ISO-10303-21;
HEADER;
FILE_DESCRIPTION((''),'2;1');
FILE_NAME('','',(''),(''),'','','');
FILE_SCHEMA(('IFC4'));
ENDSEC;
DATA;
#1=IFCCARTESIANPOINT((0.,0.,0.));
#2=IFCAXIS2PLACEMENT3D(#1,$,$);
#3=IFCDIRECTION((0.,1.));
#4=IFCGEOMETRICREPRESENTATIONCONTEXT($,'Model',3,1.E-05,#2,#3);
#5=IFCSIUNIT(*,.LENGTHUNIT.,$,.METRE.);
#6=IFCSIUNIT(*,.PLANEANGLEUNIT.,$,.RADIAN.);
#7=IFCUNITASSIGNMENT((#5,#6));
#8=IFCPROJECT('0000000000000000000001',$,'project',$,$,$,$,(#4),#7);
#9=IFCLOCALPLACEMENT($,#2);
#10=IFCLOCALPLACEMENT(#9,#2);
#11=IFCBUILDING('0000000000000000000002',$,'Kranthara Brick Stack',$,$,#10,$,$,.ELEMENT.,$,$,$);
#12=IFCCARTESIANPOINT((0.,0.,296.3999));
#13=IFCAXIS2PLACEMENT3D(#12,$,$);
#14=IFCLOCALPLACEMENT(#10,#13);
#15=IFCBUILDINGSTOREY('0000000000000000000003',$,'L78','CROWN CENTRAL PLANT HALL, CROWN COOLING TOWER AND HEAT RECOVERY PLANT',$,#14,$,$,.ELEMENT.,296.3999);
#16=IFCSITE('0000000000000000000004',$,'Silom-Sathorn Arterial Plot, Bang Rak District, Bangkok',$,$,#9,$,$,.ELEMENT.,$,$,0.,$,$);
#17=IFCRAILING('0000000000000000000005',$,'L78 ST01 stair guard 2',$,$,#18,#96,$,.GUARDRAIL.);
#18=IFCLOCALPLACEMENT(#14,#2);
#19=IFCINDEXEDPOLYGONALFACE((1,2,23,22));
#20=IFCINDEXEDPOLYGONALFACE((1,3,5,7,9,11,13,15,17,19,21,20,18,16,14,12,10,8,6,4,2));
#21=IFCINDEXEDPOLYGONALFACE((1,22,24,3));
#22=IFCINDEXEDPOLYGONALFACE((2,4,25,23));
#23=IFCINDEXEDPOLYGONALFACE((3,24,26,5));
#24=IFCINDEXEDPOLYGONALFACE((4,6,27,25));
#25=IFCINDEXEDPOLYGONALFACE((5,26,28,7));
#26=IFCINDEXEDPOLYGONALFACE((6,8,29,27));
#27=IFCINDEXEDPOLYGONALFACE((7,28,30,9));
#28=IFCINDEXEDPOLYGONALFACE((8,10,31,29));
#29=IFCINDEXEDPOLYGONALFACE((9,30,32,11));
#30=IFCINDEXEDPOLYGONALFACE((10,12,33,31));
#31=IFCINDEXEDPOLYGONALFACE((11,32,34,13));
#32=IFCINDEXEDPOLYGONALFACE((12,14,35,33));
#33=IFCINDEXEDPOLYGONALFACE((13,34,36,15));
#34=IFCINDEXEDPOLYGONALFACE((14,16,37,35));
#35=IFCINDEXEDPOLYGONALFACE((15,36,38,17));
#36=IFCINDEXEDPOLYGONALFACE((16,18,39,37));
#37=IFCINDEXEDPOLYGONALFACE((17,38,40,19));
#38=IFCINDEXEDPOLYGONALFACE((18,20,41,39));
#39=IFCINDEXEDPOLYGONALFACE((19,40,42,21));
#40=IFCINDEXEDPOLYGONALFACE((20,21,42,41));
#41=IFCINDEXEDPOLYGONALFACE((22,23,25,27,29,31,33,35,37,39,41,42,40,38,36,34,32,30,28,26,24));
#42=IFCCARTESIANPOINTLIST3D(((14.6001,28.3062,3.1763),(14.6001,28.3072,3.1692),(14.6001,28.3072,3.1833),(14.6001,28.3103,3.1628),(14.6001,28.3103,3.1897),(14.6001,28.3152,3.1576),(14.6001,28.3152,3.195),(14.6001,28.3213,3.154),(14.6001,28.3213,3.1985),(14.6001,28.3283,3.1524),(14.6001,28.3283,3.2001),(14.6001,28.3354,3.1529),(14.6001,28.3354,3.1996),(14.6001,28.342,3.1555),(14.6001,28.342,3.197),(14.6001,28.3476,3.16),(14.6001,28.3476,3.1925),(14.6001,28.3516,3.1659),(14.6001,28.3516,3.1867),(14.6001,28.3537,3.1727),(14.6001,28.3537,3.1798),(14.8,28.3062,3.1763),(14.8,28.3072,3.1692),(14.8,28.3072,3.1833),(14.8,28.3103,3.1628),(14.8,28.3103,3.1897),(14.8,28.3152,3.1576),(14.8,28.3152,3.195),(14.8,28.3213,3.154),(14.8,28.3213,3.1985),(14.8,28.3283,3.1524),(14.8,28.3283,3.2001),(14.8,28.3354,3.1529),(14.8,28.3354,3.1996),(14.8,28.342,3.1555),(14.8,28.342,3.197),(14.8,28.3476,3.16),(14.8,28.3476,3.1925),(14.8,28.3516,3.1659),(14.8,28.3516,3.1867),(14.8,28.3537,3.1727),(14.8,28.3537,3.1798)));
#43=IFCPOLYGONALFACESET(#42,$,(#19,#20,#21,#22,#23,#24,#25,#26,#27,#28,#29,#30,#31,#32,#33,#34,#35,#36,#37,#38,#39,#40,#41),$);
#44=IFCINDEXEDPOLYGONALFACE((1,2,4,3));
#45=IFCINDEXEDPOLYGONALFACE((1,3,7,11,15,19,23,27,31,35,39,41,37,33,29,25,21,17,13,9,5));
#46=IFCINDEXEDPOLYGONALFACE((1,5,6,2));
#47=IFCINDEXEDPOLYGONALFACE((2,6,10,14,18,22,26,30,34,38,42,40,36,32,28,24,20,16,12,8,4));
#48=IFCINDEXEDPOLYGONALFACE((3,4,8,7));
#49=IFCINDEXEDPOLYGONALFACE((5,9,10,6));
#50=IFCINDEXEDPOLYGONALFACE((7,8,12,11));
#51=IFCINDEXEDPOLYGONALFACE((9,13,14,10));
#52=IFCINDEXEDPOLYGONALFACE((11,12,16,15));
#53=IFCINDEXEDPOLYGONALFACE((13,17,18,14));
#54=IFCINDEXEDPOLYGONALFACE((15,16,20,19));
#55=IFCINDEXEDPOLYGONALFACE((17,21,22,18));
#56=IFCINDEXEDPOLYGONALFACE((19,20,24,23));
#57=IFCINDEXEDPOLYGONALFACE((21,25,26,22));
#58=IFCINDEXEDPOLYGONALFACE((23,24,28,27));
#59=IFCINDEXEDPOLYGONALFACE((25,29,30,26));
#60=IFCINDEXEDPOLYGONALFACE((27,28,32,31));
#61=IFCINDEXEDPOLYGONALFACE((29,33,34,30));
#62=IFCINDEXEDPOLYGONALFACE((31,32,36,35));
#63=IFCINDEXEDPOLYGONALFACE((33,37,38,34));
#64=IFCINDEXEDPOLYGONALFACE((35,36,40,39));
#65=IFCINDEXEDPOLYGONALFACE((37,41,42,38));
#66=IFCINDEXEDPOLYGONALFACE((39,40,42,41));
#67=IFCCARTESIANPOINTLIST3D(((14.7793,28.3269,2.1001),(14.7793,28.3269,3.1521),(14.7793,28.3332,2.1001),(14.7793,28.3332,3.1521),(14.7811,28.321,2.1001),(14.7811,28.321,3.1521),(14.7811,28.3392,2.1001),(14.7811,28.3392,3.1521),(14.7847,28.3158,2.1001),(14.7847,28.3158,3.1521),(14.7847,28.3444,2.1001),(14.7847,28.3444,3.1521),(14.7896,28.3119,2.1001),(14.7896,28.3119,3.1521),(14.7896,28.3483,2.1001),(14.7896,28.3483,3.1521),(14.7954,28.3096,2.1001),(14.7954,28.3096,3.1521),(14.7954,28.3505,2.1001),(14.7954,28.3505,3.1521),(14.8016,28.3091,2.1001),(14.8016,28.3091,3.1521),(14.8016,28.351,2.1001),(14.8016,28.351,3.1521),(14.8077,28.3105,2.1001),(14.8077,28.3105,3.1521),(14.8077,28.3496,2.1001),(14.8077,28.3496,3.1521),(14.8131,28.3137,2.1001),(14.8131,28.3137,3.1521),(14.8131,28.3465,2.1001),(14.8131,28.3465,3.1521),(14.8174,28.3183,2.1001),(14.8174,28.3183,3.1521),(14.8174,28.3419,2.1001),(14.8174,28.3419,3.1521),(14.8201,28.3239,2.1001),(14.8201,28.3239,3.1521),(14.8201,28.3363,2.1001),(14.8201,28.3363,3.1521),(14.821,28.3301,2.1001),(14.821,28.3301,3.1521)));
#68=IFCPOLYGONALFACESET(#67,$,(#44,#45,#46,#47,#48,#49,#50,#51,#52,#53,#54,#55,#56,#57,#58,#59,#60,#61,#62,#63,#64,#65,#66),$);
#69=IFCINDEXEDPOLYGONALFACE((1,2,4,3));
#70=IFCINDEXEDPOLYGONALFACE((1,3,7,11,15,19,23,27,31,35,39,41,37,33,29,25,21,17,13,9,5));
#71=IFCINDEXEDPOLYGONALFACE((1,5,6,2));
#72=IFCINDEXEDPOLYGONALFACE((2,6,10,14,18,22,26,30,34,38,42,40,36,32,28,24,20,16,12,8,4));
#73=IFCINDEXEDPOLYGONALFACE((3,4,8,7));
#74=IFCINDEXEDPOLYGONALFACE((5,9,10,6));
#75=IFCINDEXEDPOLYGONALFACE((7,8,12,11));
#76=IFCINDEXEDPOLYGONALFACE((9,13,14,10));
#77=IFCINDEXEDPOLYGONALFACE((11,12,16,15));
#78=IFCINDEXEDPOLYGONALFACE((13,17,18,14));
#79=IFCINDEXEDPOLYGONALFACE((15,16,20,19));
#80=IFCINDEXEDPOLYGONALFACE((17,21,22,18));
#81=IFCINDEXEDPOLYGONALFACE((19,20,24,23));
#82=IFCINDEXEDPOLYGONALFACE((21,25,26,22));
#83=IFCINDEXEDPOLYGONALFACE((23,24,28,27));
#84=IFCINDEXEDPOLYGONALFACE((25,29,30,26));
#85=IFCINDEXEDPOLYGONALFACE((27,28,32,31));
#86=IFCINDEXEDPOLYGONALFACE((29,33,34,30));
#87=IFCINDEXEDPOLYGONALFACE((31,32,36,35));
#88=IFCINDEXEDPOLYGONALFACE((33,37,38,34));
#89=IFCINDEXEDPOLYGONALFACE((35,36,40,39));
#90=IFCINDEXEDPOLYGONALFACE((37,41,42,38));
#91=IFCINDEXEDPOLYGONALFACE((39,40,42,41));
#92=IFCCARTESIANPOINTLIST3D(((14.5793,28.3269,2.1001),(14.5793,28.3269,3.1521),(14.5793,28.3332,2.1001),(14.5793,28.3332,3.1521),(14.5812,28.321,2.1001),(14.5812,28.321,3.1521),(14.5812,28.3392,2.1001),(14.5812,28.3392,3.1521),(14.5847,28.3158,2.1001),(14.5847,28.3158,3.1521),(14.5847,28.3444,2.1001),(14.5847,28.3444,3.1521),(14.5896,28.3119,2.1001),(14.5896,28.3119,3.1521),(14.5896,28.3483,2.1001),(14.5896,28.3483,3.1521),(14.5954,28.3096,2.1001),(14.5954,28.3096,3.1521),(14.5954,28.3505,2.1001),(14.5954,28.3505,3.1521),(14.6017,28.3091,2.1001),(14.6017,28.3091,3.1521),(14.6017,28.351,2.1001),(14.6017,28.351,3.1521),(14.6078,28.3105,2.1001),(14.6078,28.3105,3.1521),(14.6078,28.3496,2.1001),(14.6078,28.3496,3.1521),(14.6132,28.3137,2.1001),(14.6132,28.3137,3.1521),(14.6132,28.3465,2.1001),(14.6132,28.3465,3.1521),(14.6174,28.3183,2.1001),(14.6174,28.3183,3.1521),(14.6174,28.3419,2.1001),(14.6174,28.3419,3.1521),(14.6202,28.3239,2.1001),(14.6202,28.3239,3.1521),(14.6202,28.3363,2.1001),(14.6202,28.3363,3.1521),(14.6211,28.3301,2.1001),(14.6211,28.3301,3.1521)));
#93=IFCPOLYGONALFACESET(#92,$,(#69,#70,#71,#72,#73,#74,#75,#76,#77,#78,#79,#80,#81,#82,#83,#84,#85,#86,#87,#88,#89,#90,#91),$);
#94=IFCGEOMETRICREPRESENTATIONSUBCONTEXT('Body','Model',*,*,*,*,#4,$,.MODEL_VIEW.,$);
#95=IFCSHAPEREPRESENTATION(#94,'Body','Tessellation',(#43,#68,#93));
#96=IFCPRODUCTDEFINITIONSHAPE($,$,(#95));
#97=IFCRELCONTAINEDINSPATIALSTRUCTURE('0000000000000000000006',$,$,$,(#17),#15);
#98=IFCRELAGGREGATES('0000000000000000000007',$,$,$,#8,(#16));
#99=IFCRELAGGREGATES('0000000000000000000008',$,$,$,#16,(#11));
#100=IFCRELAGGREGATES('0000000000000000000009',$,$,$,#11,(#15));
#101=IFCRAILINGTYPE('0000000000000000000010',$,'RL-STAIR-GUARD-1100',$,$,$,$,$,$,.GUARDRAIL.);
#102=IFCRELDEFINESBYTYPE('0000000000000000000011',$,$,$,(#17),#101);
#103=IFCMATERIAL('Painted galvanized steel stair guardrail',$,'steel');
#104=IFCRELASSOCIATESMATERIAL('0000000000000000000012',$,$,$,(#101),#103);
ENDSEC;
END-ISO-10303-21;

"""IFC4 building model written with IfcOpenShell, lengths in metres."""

from ifc_helpers import new_model, si_unit, direction, frame, origin, origin_2d, place, context, subcontext, project, spatial, circle, extrude, material, type_object, element, save


model = new_model("IFC4")

# Units and contexts
model_context = context("Model", 3, precision=1e-05, world=origin(), true_north=direction((0.0, 1.0)))
body_context = subcontext(model_context, "Body", "Model", "MODEL_VIEW")
ifc_project = project(units=[si_unit("LENGTHUNIT", "METRE"), si_unit("PLANEANGLEUNIT", "RADIAN")], contexts=[model_context])

# Site, building, storey
site_placement = place(None, origin())
site = spatial("IfcSite", under=ifc_project, at=site_placement, Name="Silom-Sathorn Arterial Plot, Bang Rak District, Bangkok", CompositionType="ELEMENT", RefElevation=0.0)
building_placement = place(site_placement, origin())
building = spatial("IfcBuilding", under=site, at=building_placement, Name="Kranthara Brick Stack", CompositionType="ELEMENT")
storey_placement = place(building_placement, frame((0.0, 0.0, 296.3999)))
storey = spatial("IfcBuildingStorey", under=building, at=storey_placement, Name="L78", Description="CROWN CENTRAL PLANT HALL, CROWN COOLING TOWER AND HEAT RECOVERY PLANT", CompositionType="ELEMENT", Elevation=296.3999)

# Railing
ifc_material_1 = material(Name="Painted galvanized steel stair guardrail", Category="steel")
railing_type_1 = type_object("IfcRailingType", Name="RL-STAIR-GUARD-1100", PredefinedType="GUARDRAIL", material=ifc_material_1)
railing_1_placement = place(storey_placement, frame((14.8, 28.3301, 2.1001)))
element("IfcRailing", 1, at=railing_1_placement, inside=storey, type_object=railing_type_1, Name="L78 ST01 stair guard 2", PredefinedType="GUARDRAIL", context=body_context, shape_type="SweptSolid", body=[
    extrude(circle(Radius=0.0239, at=origin_2d()), frame((0.0, 0.0, 1.0762), z_axis=(-1.0, 0.0, 0.0), x_axis=(0.0, -1.0, 0.0)), (0.0, 0.0, 1.0), 0.2),
    extrude(circle(Radius=0.021, at=origin_2d()), origin(), (0.0, 0.0, 1.0), 1.052),
    extrude(circle(Radius=0.021, at=origin_2d()), frame((-0.2, 0.0, 0.0)), (0.0, 0.0, 1.0), 1.052),
])

save(model, "model.ifc")
